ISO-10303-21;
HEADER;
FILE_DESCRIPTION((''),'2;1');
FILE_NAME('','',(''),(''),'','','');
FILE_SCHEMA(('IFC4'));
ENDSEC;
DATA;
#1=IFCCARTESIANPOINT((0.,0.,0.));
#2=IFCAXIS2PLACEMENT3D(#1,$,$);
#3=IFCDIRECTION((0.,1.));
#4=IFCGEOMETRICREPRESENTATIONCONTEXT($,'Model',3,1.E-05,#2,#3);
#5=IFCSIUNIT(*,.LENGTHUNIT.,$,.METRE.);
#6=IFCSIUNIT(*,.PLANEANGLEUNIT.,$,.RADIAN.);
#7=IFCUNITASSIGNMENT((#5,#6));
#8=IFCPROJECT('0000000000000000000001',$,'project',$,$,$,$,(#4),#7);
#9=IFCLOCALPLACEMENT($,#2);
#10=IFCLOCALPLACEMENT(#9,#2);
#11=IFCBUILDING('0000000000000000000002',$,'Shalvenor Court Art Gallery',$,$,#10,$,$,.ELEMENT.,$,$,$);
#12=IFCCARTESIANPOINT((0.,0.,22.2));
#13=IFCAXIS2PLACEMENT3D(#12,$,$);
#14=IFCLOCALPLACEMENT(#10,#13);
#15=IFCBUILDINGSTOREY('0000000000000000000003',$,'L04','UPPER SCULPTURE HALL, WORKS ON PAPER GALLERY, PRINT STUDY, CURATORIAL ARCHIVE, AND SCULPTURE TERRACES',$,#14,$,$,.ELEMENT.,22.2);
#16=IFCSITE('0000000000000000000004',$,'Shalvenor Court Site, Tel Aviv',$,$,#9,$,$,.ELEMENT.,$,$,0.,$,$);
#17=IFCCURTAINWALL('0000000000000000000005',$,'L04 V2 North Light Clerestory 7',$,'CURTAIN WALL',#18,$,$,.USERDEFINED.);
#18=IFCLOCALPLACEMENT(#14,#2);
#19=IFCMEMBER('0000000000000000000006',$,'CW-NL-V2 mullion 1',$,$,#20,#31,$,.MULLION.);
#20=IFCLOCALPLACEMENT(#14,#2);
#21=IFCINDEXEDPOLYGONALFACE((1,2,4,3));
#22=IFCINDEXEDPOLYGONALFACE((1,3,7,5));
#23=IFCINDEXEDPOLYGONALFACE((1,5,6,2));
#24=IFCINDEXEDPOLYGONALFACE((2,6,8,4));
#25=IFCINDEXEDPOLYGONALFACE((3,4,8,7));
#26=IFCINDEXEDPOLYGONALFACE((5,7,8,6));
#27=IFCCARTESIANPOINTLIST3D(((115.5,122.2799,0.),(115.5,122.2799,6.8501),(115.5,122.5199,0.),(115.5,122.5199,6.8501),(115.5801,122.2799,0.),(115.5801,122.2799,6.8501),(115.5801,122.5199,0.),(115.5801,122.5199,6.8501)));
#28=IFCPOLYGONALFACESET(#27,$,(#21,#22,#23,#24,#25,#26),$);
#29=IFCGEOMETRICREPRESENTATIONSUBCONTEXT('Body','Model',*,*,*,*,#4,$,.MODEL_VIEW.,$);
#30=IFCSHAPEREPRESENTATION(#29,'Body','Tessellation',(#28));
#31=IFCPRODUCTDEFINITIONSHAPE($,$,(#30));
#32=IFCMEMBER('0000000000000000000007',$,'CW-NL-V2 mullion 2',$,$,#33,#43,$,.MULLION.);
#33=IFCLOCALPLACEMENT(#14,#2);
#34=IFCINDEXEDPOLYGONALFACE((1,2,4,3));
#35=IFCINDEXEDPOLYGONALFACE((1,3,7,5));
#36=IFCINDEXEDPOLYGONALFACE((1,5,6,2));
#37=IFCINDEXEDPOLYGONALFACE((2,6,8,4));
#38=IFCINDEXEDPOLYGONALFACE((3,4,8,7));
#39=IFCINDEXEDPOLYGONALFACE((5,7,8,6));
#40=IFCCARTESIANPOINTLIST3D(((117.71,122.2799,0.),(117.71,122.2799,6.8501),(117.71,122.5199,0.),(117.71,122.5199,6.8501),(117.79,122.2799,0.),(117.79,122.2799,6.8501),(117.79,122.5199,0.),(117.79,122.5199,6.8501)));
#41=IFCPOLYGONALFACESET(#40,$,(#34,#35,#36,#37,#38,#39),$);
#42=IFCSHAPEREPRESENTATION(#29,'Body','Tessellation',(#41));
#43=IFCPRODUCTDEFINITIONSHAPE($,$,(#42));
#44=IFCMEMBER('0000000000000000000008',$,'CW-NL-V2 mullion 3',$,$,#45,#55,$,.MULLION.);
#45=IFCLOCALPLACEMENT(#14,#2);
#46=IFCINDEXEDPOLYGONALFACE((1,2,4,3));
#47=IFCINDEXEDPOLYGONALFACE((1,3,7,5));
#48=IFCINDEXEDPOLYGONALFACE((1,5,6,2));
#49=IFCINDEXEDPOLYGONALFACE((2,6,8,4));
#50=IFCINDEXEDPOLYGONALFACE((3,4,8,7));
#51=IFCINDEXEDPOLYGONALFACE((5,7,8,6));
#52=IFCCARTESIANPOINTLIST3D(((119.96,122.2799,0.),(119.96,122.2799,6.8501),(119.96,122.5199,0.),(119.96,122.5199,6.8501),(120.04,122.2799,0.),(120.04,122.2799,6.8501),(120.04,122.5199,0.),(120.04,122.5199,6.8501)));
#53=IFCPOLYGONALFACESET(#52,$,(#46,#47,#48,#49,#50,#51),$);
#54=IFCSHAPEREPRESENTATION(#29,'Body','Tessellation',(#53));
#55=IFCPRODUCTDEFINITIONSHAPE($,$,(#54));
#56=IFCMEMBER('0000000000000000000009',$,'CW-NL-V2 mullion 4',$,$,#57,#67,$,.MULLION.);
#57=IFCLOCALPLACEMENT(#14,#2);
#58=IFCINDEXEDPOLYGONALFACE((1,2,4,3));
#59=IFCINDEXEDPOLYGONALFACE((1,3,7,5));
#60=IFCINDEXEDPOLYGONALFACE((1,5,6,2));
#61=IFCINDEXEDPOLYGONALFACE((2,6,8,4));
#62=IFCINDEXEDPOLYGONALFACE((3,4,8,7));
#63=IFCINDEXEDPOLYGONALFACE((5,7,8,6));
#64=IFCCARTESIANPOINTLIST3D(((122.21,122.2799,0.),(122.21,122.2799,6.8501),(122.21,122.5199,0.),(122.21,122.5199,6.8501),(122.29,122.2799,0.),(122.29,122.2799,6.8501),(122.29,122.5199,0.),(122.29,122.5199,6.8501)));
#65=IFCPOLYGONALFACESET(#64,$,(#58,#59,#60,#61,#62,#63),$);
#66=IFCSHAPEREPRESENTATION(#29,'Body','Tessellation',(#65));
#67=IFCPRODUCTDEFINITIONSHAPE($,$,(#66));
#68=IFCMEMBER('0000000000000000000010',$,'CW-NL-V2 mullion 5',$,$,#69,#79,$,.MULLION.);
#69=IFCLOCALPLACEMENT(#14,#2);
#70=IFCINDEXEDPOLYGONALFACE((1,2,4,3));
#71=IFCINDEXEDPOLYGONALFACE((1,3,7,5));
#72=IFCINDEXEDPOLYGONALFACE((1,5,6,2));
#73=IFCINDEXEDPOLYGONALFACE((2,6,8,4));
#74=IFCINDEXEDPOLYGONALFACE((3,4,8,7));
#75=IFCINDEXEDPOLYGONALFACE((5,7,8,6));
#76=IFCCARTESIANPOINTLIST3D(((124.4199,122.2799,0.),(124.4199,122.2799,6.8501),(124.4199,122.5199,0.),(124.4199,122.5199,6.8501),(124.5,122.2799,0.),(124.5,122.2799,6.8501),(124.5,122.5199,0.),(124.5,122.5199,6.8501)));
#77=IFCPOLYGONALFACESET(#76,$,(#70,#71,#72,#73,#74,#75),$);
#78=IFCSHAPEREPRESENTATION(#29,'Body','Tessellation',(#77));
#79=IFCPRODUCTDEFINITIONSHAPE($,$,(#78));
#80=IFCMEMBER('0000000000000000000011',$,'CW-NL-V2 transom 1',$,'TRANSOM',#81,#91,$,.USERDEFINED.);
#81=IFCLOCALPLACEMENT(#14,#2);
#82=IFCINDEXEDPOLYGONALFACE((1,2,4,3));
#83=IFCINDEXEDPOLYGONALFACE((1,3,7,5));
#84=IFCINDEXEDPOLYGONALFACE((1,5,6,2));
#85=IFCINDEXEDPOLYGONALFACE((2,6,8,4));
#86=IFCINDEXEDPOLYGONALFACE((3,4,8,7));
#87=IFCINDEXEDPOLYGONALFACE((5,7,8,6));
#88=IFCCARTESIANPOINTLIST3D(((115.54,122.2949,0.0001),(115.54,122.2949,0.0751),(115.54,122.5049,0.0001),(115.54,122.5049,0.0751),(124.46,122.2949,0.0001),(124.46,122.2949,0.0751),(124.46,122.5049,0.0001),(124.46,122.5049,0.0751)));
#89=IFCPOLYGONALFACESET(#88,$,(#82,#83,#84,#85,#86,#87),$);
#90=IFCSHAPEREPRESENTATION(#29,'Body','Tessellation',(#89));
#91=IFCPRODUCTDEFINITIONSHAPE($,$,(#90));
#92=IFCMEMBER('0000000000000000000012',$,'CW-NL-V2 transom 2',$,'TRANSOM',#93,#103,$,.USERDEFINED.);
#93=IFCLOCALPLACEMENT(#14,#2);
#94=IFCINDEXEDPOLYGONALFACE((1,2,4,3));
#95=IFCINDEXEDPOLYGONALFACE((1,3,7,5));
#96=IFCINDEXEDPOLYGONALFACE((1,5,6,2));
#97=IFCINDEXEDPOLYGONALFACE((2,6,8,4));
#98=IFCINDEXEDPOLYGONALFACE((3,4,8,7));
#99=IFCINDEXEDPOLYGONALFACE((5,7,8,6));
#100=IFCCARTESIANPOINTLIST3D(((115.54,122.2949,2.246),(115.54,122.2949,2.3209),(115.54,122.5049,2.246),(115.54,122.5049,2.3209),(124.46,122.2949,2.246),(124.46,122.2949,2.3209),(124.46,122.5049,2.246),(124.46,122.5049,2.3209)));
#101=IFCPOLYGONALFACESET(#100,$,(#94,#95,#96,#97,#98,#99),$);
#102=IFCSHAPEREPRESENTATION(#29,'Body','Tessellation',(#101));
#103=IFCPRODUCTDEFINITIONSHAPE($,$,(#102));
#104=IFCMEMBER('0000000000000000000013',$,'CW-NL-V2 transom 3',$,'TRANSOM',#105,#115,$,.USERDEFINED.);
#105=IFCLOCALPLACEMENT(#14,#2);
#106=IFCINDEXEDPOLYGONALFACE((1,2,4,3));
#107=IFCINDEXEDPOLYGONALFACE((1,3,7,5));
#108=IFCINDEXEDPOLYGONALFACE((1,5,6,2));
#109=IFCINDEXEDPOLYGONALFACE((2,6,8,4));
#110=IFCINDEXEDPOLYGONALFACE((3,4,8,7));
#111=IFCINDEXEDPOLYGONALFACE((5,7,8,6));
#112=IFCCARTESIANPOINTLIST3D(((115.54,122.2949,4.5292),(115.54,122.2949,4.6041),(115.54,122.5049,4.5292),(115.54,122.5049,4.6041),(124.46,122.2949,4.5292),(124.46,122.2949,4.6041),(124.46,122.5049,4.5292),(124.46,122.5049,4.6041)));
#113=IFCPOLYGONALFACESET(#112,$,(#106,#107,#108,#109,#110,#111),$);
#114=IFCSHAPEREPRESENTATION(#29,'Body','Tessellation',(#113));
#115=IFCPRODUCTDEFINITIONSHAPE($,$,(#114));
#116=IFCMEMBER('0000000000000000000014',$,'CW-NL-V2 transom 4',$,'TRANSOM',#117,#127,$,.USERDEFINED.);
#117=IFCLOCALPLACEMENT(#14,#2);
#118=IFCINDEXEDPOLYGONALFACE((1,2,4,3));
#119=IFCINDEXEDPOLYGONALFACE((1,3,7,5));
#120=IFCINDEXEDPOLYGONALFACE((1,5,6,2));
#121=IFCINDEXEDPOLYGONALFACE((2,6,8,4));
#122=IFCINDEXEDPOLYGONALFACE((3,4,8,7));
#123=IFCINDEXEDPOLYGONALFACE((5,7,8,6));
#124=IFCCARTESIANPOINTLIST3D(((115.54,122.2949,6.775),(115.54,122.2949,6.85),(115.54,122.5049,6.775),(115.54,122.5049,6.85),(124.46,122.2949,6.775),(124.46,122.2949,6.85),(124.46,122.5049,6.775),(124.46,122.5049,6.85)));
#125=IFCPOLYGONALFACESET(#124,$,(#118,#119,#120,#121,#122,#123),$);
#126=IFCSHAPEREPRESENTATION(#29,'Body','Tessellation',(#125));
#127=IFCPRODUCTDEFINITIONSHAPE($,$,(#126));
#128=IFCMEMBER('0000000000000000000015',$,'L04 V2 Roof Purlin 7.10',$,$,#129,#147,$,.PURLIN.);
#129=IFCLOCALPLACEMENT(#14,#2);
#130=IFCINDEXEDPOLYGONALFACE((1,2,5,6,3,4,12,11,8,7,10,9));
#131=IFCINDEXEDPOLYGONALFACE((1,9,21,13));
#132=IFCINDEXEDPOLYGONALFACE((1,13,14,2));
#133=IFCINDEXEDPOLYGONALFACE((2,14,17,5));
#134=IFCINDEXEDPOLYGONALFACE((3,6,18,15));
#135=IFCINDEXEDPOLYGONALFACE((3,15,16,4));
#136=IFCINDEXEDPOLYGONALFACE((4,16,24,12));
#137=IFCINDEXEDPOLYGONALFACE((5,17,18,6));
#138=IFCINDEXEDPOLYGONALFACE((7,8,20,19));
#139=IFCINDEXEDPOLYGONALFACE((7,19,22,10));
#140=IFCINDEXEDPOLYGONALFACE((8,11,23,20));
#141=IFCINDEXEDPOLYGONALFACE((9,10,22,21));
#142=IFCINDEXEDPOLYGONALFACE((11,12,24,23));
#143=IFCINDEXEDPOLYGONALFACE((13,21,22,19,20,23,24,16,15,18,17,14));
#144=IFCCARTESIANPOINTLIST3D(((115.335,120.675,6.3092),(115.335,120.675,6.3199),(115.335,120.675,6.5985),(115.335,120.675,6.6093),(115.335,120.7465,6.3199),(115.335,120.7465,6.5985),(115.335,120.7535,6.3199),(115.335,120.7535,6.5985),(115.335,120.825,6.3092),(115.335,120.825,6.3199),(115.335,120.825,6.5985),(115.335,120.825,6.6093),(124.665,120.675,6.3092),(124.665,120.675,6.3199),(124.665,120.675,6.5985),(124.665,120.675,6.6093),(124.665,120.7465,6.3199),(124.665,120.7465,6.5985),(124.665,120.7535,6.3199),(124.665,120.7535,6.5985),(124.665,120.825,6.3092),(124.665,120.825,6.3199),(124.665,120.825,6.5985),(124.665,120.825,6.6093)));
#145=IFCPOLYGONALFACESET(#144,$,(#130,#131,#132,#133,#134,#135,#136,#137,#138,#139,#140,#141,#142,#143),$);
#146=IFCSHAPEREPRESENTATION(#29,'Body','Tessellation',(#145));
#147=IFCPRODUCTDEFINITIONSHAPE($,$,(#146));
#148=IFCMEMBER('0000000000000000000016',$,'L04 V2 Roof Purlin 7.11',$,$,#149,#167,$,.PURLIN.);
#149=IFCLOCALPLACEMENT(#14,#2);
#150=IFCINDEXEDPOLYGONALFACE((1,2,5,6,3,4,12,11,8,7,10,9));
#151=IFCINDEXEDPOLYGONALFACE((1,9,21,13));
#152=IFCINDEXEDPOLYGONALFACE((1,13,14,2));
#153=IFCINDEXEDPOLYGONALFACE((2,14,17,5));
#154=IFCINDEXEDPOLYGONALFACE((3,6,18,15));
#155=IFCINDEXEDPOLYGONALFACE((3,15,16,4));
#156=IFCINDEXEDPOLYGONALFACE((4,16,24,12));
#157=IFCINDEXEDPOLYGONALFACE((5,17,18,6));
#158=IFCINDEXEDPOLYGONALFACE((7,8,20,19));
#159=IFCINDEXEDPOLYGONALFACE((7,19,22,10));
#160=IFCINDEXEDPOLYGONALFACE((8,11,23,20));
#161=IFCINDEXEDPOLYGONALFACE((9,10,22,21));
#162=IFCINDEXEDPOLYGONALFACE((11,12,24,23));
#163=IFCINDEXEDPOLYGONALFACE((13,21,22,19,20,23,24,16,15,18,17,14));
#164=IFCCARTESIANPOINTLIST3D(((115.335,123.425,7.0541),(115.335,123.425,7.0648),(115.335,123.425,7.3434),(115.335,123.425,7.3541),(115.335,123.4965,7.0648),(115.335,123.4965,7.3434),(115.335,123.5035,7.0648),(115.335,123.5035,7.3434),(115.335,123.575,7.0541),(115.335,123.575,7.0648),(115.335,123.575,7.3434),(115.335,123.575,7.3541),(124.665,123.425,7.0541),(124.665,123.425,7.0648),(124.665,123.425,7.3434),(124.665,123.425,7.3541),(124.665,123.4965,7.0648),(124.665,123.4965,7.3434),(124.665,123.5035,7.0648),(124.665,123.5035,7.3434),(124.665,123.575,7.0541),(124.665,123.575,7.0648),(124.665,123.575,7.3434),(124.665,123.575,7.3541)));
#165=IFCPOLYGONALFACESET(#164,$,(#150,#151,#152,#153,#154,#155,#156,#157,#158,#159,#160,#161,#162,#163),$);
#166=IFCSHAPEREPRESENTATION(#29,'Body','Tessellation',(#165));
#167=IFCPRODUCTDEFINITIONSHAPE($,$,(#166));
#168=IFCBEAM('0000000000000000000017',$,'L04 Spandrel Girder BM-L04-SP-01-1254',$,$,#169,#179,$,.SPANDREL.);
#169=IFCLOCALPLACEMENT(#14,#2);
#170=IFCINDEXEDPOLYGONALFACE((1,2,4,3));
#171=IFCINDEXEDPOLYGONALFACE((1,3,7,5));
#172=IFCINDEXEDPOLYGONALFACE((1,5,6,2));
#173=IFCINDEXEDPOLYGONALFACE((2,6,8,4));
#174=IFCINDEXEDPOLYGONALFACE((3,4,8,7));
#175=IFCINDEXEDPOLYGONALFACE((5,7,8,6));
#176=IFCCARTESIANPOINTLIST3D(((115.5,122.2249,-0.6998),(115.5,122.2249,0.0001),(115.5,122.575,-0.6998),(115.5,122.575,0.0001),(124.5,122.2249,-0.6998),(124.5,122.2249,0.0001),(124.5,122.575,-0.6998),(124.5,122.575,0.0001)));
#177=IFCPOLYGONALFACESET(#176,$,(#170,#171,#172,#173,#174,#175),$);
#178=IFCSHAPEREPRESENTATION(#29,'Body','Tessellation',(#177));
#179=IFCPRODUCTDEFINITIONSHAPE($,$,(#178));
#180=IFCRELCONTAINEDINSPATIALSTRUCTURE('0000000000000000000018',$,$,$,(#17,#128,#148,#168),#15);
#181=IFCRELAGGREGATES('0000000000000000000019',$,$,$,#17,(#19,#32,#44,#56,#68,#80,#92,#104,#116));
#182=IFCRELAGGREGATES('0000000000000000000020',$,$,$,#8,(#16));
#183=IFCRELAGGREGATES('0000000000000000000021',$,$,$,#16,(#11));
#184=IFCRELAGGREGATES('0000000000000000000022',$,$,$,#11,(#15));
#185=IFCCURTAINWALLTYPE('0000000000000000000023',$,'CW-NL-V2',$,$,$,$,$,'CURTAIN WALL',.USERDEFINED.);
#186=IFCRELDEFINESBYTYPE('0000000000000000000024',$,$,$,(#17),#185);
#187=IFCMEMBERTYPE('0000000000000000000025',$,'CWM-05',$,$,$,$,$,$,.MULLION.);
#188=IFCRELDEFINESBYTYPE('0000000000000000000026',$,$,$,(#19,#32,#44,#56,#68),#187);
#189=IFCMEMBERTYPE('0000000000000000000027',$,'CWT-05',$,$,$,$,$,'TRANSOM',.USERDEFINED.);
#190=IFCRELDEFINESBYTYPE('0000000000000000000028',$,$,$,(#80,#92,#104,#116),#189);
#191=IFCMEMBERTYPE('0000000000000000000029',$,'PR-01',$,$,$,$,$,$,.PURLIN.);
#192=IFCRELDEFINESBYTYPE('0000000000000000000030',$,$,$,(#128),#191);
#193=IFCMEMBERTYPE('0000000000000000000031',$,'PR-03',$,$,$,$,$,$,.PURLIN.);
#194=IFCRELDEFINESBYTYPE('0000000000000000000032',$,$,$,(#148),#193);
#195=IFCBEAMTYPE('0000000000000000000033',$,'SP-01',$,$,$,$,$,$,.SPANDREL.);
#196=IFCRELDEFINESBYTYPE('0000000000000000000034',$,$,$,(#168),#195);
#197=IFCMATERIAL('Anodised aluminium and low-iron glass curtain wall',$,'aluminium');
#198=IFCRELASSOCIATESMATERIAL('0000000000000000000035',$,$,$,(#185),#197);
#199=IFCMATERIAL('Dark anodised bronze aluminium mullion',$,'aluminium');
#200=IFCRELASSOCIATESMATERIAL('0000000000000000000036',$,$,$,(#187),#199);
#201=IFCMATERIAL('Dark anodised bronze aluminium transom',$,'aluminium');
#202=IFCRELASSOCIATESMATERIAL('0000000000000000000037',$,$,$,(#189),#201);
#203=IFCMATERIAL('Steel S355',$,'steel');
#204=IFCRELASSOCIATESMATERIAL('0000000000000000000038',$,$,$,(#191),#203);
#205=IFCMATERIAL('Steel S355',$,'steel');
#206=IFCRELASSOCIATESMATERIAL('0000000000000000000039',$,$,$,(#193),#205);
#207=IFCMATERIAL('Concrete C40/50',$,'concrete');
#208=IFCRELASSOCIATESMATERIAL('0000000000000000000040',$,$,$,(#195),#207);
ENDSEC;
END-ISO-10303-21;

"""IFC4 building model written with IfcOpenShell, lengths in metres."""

from ifc_helpers import new_model, si_unit, direction, frame, origin, origin_2d, place, context, subcontext, project, spatial, rectangle, i_section, extrude, material, material_profile, profile_set, type_object, element, aggregate, save


model = new_model("IFC4")

# Units and contexts
model_context = context("Model", 3, precision=1e-05, world=origin(), true_north=direction((0.0, 1.0)))
body_context = subcontext(model_context, "Body", "Model", "MODEL_VIEW")
ifc_project = project(units=[si_unit("LENGTHUNIT", "METRE"), si_unit("PLANEANGLEUNIT", "RADIAN")], contexts=[model_context])

# Site, building, storey
site_placement = place(None, origin())
site = spatial("IfcSite", under=ifc_project, at=site_placement, Name="Shalvenor Court Site, Tel Aviv", CompositionType="ELEMENT", RefElevation=0.0)
building_placement = place(site_placement, origin())
building = spatial("IfcBuilding", under=site, at=building_placement, Name="Shalvenor Court Art Gallery", CompositionType="ELEMENT")
storey_placement = place(building_placement, frame((0.0, 0.0, 22.2)))
storey = spatial("IfcBuildingStorey", under=building, at=storey_placement, Name="L04", Description="UPPER SCULPTURE HALL, WORKS ON PAPER GALLERY, PRINT STUDY, CURATORIAL ARCHIVE, AND SCULPTURE TERRACES", CompositionType="ELEMENT", Elevation=22.2)

# Curtain wall, members
ifc_material_1 = material(Name="Anodised aluminium and low-iron glass curtain wall", Category="aluminium")
curtain_wall_type = type_object("IfcCurtainWallType", Name="CW-NL-V2", ElementType="CURTAIN WALL", PredefinedType="USERDEFINED", material=ifc_material_1)
curtain_wall_placement = place(storey_placement, origin())
curtain_wall = element("IfcCurtainWall", 1, at=curtain_wall_placement, inside=storey, type_object=curtain_wall_type, Name="L04 V2 North Light Clerestory 7", ObjectType="CURTAIN WALL", PredefinedType="USERDEFINED")
ifc_material_2 = material(Name="Dark anodised bronze aluminium mullion", Category="aluminium")
ifc_material_profile_1 = material_profile(ifc_material_2, rectangle(XDim=0.0801, YDim=0.24, at=origin_2d()), Name="CWM-05")
ifc_profile_set_1 = profile_set([ifc_material_profile_1], Name="Dark anodised bronze aluminium mullion")
member_type_1 = type_object("IfcMemberType", Name="CWM-05", PredefinedType="MULLION", material=ifc_profile_set_1)
member_1_placement = place(storey_placement, frame((115.54, 122.3999, 0.0), z_axis=(0.0, 0.0, 1.0), x_axis=(1.0, 0.0, 0.0)))
member_1 = element("IfcMember", 2, at=member_1_placement, type_object=member_type_1, Name="CW-NL-V2 mullion 1", PredefinedType="MULLION", context=body_context, shape_type="SweptSolid", body=[
    extrude(rectangle(XDim=0.0801, YDim=0.24, at=origin_2d()), origin(), (0.0, 0.0, 1.0), 6.8501),
])
member_2_placement = place(storey_placement, frame((117.75, 122.3999, 0.0), z_axis=(0.0, 0.0, 1.0), x_axis=(1.0, 0.0, 0.0)))
member_2 = element("IfcMember", 3, at=member_2_placement, type_object=member_type_1, Name="CW-NL-V2 mullion 2", PredefinedType="MULLION", context=body_context, shape_type="SweptSolid", body=[
    extrude(rectangle(XDim=0.0801, YDim=0.24, at=origin_2d()), origin(), (0.0, 0.0, 1.0), 6.8501),
])
member_3_placement = place(storey_placement, frame((120.0, 122.3999, 0.0), z_axis=(0.0, 0.0, 1.0), x_axis=(1.0, 0.0, 0.0)))
member_3 = element("IfcMember", 4, at=member_3_placement, type_object=member_type_1, Name="CW-NL-V2 mullion 3", PredefinedType="MULLION", context=body_context, shape_type="SweptSolid", body=[
    extrude(rectangle(XDim=0.0801, YDim=0.24, at=origin_2d()), origin(), (0.0, 0.0, 1.0), 6.8501),
])
member_4_placement = place(storey_placement, frame((122.25, 122.3999, 0.0), z_axis=(0.0, 0.0, 1.0), x_axis=(1.0, 0.0, 0.0)))
member_4 = element("IfcMember", 5, at=member_4_placement, type_object=member_type_1, Name="CW-NL-V2 mullion 4", PredefinedType="MULLION", context=body_context, shape_type="SweptSolid", body=[
    extrude(rectangle(XDim=0.0801, YDim=0.24, at=origin_2d()), origin(), (0.0, 0.0, 1.0), 6.8501),
])
member_5_placement = place(storey_placement, frame((124.46, 122.3999, 0.0), z_axis=(0.0, 0.0, 1.0), x_axis=(1.0, 0.0, 0.0)))
member_5 = element("IfcMember", 6, at=member_5_placement, type_object=member_type_1, Name="CW-NL-V2 mullion 5", PredefinedType="MULLION", context=body_context, shape_type="SweptSolid", body=[
    extrude(rectangle(XDim=0.0801, YDim=0.24, at=origin_2d()), origin(), (0.0, 0.0, 1.0), 6.8501),
])
ifc_material_3 = material(Name="Dark anodised bronze aluminium transom", Category="aluminium")
ifc_material_profile_2 = material_profile(ifc_material_3, rectangle(XDim=0.21, YDim=0.075, at=origin_2d()), Name="CWT-05")
ifc_profile_set_2 = profile_set([ifc_material_profile_2], Name="Dark anodised bronze aluminium transom")
member_type_2 = type_object("IfcMemberType", Name="CWT-05", ElementType="TRANSOM", PredefinedType="USERDEFINED", material=ifc_profile_set_2)
member_6_placement = place(storey_placement, frame((115.54, 122.3999, 0.0376), z_axis=(1.0, 0.0, 0.0), x_axis=(0.0, 1.0, 0.0)))
member_6 = element("IfcMember", 7, at=member_6_placement, type_object=member_type_2, Name="CW-NL-V2 transom 1", ObjectType="TRANSOM", PredefinedType="USERDEFINED", context=body_context, shape_type="SweptSolid", body=[
    extrude(rectangle(XDim=0.21, YDim=0.075, at=origin_2d()), origin(), (0.0, 0.0, 1.0), 8.9199),
])
member_7_placement = place(storey_placement, frame((115.54, 122.3999, 2.2834), z_axis=(1.0, 0.0, 0.0), x_axis=(0.0, 1.0, 0.0)))
member_7 = element("IfcMember", 8, at=member_7_placement, type_object=member_type_2, Name="CW-NL-V2 transom 2", ObjectType="TRANSOM", PredefinedType="USERDEFINED", context=body_context, shape_type="SweptSolid", body=[
    extrude(rectangle(XDim=0.21, YDim=0.075, at=origin_2d()), origin(), (0.0, 0.0, 1.0), 8.9199),
])
member_8_placement = place(storey_placement, frame((115.54, 122.3999, 4.5667), z_axis=(1.0, 0.0, 0.0), x_axis=(0.0, 1.0, 0.0)))
member_8 = element("IfcMember", 9, at=member_8_placement, type_object=member_type_2, Name="CW-NL-V2 transom 3", ObjectType="TRANSOM", PredefinedType="USERDEFINED", context=body_context, shape_type="SweptSolid", body=[
    extrude(rectangle(XDim=0.21, YDim=0.075, at=origin_2d()), origin(), (0.0, 0.0, 1.0), 8.9199),
])
member_9_placement = place(storey_placement, frame((115.54, 122.3999, 6.8125), z_axis=(1.0, 0.0, 0.0), x_axis=(0.0, 1.0, 0.0)))
member_9 = element("IfcMember", 10, at=member_9_placement, type_object=member_type_2, Name="CW-NL-V2 transom 4", ObjectType="TRANSOM", PredefinedType="USERDEFINED", context=body_context, shape_type="SweptSolid", body=[
    extrude(rectangle(XDim=0.21, YDim=0.075, at=origin_2d()), origin(), (0.0, 0.0, 1.0), 8.9199),
])

# Members
ifc_material_4 = material(Name="Steel S355", Category="steel")
ifc_material_profile_3 = material_profile(ifc_material_4, i_section(OverallWidth=0.1499, OverallDepth=0.3, WebThickness=0.0071, FlangeThickness=0.0107, at=origin_2d()), Name="IPE 300")
ifc_profile_set_3 = profile_set([ifc_material_profile_3], Name="Steel S355")
member_type_3 = type_object("IfcMemberType", Name="PR-01", PredefinedType="PURLIN", material=ifc_profile_set_3)
member_10_placement = place(storey_placement, frame((115.335, 120.75, 6.4592), z_axis=(1.0, 0.0, 0.0), x_axis=(0.0, 1.0, 0.0)))
element("IfcMember", 11, at=member_10_placement, inside=storey, type_object=member_type_3, Name="L04 V2 Roof Purlin 7.10", PredefinedType="PURLIN", context=body_context, shape_type="SweptSolid", body=[
    extrude(i_section(OverallWidth=0.1499, OverallDepth=0.3, WebThickness=0.0071, FlangeThickness=0.0107, at=origin_2d()), origin(), (0.0, 0.0, 1.0), 9.3301),
])
ifc_material_5 = material(Name="Steel S355", Category="steel")
ifc_material_profile_4 = material_profile(ifc_material_5, i_section(OverallWidth=0.1499, OverallDepth=0.3, WebThickness=0.0071, FlangeThickness=0.0107, at=origin_2d()), Name="IPE 300")
ifc_profile_set_4 = profile_set([ifc_material_profile_4], Name="Steel S355")
member_type_4 = type_object("IfcMemberType", Name="PR-03", PredefinedType="PURLIN", material=ifc_profile_set_4)
member_11_placement = place(storey_placement, frame((115.335, 123.5, 7.2041), z_axis=(1.0, 0.0, 0.0), x_axis=(0.0, 1.0, 0.0)))
element("IfcMember", 12, at=member_11_placement, inside=storey, type_object=member_type_4, Name="L04 V2 Roof Purlin 7.11", PredefinedType="PURLIN", context=body_context, shape_type="SweptSolid", body=[
    extrude(i_section(OverallWidth=0.1499, OverallDepth=0.3, WebThickness=0.0071, FlangeThickness=0.0107, at=origin_2d()), origin(), (0.0, 0.0, 1.0), 9.3301),
])

# Beam
ifc_material_6 = material(Name="Concrete C40/50", Category="concrete")
ifc_material_profile_5 = material_profile(ifc_material_6, rectangle(XDim=0.3501, YDim=0.7, at=origin_2d()), Name="RC 350x700")
ifc_profile_set_5 = profile_set([ifc_material_profile_5], Name="Concrete C40/50")
beam_type = type_object("IfcBeamType", Name="SP-01", PredefinedType="SPANDREL", material=ifc_profile_set_5)
beam_placement = place(storey_placement, frame((115.5, 122.3999, -0.3499), z_axis=(1.0, 0.0, 0.0), x_axis=(0.0, 1.0, 0.0)))
element("IfcBeam", 13, at=beam_placement, inside=storey, type_object=beam_type, Name="L04 Spandrel Girder BM-L04-SP-01-1254", PredefinedType="SPANDREL", context=body_context, shape_type="SweptSolid", body=[
    extrude(rectangle(XDim=0.3501, YDim=0.7, at=origin_2d()), origin(), (0.0, 0.0, 1.0), 9.0),
])

aggregate(curtain_wall, [member_1, member_2, member_3, member_4, member_5, member_6, member_7, member_8, member_9])

save(model, "model.ifc")
